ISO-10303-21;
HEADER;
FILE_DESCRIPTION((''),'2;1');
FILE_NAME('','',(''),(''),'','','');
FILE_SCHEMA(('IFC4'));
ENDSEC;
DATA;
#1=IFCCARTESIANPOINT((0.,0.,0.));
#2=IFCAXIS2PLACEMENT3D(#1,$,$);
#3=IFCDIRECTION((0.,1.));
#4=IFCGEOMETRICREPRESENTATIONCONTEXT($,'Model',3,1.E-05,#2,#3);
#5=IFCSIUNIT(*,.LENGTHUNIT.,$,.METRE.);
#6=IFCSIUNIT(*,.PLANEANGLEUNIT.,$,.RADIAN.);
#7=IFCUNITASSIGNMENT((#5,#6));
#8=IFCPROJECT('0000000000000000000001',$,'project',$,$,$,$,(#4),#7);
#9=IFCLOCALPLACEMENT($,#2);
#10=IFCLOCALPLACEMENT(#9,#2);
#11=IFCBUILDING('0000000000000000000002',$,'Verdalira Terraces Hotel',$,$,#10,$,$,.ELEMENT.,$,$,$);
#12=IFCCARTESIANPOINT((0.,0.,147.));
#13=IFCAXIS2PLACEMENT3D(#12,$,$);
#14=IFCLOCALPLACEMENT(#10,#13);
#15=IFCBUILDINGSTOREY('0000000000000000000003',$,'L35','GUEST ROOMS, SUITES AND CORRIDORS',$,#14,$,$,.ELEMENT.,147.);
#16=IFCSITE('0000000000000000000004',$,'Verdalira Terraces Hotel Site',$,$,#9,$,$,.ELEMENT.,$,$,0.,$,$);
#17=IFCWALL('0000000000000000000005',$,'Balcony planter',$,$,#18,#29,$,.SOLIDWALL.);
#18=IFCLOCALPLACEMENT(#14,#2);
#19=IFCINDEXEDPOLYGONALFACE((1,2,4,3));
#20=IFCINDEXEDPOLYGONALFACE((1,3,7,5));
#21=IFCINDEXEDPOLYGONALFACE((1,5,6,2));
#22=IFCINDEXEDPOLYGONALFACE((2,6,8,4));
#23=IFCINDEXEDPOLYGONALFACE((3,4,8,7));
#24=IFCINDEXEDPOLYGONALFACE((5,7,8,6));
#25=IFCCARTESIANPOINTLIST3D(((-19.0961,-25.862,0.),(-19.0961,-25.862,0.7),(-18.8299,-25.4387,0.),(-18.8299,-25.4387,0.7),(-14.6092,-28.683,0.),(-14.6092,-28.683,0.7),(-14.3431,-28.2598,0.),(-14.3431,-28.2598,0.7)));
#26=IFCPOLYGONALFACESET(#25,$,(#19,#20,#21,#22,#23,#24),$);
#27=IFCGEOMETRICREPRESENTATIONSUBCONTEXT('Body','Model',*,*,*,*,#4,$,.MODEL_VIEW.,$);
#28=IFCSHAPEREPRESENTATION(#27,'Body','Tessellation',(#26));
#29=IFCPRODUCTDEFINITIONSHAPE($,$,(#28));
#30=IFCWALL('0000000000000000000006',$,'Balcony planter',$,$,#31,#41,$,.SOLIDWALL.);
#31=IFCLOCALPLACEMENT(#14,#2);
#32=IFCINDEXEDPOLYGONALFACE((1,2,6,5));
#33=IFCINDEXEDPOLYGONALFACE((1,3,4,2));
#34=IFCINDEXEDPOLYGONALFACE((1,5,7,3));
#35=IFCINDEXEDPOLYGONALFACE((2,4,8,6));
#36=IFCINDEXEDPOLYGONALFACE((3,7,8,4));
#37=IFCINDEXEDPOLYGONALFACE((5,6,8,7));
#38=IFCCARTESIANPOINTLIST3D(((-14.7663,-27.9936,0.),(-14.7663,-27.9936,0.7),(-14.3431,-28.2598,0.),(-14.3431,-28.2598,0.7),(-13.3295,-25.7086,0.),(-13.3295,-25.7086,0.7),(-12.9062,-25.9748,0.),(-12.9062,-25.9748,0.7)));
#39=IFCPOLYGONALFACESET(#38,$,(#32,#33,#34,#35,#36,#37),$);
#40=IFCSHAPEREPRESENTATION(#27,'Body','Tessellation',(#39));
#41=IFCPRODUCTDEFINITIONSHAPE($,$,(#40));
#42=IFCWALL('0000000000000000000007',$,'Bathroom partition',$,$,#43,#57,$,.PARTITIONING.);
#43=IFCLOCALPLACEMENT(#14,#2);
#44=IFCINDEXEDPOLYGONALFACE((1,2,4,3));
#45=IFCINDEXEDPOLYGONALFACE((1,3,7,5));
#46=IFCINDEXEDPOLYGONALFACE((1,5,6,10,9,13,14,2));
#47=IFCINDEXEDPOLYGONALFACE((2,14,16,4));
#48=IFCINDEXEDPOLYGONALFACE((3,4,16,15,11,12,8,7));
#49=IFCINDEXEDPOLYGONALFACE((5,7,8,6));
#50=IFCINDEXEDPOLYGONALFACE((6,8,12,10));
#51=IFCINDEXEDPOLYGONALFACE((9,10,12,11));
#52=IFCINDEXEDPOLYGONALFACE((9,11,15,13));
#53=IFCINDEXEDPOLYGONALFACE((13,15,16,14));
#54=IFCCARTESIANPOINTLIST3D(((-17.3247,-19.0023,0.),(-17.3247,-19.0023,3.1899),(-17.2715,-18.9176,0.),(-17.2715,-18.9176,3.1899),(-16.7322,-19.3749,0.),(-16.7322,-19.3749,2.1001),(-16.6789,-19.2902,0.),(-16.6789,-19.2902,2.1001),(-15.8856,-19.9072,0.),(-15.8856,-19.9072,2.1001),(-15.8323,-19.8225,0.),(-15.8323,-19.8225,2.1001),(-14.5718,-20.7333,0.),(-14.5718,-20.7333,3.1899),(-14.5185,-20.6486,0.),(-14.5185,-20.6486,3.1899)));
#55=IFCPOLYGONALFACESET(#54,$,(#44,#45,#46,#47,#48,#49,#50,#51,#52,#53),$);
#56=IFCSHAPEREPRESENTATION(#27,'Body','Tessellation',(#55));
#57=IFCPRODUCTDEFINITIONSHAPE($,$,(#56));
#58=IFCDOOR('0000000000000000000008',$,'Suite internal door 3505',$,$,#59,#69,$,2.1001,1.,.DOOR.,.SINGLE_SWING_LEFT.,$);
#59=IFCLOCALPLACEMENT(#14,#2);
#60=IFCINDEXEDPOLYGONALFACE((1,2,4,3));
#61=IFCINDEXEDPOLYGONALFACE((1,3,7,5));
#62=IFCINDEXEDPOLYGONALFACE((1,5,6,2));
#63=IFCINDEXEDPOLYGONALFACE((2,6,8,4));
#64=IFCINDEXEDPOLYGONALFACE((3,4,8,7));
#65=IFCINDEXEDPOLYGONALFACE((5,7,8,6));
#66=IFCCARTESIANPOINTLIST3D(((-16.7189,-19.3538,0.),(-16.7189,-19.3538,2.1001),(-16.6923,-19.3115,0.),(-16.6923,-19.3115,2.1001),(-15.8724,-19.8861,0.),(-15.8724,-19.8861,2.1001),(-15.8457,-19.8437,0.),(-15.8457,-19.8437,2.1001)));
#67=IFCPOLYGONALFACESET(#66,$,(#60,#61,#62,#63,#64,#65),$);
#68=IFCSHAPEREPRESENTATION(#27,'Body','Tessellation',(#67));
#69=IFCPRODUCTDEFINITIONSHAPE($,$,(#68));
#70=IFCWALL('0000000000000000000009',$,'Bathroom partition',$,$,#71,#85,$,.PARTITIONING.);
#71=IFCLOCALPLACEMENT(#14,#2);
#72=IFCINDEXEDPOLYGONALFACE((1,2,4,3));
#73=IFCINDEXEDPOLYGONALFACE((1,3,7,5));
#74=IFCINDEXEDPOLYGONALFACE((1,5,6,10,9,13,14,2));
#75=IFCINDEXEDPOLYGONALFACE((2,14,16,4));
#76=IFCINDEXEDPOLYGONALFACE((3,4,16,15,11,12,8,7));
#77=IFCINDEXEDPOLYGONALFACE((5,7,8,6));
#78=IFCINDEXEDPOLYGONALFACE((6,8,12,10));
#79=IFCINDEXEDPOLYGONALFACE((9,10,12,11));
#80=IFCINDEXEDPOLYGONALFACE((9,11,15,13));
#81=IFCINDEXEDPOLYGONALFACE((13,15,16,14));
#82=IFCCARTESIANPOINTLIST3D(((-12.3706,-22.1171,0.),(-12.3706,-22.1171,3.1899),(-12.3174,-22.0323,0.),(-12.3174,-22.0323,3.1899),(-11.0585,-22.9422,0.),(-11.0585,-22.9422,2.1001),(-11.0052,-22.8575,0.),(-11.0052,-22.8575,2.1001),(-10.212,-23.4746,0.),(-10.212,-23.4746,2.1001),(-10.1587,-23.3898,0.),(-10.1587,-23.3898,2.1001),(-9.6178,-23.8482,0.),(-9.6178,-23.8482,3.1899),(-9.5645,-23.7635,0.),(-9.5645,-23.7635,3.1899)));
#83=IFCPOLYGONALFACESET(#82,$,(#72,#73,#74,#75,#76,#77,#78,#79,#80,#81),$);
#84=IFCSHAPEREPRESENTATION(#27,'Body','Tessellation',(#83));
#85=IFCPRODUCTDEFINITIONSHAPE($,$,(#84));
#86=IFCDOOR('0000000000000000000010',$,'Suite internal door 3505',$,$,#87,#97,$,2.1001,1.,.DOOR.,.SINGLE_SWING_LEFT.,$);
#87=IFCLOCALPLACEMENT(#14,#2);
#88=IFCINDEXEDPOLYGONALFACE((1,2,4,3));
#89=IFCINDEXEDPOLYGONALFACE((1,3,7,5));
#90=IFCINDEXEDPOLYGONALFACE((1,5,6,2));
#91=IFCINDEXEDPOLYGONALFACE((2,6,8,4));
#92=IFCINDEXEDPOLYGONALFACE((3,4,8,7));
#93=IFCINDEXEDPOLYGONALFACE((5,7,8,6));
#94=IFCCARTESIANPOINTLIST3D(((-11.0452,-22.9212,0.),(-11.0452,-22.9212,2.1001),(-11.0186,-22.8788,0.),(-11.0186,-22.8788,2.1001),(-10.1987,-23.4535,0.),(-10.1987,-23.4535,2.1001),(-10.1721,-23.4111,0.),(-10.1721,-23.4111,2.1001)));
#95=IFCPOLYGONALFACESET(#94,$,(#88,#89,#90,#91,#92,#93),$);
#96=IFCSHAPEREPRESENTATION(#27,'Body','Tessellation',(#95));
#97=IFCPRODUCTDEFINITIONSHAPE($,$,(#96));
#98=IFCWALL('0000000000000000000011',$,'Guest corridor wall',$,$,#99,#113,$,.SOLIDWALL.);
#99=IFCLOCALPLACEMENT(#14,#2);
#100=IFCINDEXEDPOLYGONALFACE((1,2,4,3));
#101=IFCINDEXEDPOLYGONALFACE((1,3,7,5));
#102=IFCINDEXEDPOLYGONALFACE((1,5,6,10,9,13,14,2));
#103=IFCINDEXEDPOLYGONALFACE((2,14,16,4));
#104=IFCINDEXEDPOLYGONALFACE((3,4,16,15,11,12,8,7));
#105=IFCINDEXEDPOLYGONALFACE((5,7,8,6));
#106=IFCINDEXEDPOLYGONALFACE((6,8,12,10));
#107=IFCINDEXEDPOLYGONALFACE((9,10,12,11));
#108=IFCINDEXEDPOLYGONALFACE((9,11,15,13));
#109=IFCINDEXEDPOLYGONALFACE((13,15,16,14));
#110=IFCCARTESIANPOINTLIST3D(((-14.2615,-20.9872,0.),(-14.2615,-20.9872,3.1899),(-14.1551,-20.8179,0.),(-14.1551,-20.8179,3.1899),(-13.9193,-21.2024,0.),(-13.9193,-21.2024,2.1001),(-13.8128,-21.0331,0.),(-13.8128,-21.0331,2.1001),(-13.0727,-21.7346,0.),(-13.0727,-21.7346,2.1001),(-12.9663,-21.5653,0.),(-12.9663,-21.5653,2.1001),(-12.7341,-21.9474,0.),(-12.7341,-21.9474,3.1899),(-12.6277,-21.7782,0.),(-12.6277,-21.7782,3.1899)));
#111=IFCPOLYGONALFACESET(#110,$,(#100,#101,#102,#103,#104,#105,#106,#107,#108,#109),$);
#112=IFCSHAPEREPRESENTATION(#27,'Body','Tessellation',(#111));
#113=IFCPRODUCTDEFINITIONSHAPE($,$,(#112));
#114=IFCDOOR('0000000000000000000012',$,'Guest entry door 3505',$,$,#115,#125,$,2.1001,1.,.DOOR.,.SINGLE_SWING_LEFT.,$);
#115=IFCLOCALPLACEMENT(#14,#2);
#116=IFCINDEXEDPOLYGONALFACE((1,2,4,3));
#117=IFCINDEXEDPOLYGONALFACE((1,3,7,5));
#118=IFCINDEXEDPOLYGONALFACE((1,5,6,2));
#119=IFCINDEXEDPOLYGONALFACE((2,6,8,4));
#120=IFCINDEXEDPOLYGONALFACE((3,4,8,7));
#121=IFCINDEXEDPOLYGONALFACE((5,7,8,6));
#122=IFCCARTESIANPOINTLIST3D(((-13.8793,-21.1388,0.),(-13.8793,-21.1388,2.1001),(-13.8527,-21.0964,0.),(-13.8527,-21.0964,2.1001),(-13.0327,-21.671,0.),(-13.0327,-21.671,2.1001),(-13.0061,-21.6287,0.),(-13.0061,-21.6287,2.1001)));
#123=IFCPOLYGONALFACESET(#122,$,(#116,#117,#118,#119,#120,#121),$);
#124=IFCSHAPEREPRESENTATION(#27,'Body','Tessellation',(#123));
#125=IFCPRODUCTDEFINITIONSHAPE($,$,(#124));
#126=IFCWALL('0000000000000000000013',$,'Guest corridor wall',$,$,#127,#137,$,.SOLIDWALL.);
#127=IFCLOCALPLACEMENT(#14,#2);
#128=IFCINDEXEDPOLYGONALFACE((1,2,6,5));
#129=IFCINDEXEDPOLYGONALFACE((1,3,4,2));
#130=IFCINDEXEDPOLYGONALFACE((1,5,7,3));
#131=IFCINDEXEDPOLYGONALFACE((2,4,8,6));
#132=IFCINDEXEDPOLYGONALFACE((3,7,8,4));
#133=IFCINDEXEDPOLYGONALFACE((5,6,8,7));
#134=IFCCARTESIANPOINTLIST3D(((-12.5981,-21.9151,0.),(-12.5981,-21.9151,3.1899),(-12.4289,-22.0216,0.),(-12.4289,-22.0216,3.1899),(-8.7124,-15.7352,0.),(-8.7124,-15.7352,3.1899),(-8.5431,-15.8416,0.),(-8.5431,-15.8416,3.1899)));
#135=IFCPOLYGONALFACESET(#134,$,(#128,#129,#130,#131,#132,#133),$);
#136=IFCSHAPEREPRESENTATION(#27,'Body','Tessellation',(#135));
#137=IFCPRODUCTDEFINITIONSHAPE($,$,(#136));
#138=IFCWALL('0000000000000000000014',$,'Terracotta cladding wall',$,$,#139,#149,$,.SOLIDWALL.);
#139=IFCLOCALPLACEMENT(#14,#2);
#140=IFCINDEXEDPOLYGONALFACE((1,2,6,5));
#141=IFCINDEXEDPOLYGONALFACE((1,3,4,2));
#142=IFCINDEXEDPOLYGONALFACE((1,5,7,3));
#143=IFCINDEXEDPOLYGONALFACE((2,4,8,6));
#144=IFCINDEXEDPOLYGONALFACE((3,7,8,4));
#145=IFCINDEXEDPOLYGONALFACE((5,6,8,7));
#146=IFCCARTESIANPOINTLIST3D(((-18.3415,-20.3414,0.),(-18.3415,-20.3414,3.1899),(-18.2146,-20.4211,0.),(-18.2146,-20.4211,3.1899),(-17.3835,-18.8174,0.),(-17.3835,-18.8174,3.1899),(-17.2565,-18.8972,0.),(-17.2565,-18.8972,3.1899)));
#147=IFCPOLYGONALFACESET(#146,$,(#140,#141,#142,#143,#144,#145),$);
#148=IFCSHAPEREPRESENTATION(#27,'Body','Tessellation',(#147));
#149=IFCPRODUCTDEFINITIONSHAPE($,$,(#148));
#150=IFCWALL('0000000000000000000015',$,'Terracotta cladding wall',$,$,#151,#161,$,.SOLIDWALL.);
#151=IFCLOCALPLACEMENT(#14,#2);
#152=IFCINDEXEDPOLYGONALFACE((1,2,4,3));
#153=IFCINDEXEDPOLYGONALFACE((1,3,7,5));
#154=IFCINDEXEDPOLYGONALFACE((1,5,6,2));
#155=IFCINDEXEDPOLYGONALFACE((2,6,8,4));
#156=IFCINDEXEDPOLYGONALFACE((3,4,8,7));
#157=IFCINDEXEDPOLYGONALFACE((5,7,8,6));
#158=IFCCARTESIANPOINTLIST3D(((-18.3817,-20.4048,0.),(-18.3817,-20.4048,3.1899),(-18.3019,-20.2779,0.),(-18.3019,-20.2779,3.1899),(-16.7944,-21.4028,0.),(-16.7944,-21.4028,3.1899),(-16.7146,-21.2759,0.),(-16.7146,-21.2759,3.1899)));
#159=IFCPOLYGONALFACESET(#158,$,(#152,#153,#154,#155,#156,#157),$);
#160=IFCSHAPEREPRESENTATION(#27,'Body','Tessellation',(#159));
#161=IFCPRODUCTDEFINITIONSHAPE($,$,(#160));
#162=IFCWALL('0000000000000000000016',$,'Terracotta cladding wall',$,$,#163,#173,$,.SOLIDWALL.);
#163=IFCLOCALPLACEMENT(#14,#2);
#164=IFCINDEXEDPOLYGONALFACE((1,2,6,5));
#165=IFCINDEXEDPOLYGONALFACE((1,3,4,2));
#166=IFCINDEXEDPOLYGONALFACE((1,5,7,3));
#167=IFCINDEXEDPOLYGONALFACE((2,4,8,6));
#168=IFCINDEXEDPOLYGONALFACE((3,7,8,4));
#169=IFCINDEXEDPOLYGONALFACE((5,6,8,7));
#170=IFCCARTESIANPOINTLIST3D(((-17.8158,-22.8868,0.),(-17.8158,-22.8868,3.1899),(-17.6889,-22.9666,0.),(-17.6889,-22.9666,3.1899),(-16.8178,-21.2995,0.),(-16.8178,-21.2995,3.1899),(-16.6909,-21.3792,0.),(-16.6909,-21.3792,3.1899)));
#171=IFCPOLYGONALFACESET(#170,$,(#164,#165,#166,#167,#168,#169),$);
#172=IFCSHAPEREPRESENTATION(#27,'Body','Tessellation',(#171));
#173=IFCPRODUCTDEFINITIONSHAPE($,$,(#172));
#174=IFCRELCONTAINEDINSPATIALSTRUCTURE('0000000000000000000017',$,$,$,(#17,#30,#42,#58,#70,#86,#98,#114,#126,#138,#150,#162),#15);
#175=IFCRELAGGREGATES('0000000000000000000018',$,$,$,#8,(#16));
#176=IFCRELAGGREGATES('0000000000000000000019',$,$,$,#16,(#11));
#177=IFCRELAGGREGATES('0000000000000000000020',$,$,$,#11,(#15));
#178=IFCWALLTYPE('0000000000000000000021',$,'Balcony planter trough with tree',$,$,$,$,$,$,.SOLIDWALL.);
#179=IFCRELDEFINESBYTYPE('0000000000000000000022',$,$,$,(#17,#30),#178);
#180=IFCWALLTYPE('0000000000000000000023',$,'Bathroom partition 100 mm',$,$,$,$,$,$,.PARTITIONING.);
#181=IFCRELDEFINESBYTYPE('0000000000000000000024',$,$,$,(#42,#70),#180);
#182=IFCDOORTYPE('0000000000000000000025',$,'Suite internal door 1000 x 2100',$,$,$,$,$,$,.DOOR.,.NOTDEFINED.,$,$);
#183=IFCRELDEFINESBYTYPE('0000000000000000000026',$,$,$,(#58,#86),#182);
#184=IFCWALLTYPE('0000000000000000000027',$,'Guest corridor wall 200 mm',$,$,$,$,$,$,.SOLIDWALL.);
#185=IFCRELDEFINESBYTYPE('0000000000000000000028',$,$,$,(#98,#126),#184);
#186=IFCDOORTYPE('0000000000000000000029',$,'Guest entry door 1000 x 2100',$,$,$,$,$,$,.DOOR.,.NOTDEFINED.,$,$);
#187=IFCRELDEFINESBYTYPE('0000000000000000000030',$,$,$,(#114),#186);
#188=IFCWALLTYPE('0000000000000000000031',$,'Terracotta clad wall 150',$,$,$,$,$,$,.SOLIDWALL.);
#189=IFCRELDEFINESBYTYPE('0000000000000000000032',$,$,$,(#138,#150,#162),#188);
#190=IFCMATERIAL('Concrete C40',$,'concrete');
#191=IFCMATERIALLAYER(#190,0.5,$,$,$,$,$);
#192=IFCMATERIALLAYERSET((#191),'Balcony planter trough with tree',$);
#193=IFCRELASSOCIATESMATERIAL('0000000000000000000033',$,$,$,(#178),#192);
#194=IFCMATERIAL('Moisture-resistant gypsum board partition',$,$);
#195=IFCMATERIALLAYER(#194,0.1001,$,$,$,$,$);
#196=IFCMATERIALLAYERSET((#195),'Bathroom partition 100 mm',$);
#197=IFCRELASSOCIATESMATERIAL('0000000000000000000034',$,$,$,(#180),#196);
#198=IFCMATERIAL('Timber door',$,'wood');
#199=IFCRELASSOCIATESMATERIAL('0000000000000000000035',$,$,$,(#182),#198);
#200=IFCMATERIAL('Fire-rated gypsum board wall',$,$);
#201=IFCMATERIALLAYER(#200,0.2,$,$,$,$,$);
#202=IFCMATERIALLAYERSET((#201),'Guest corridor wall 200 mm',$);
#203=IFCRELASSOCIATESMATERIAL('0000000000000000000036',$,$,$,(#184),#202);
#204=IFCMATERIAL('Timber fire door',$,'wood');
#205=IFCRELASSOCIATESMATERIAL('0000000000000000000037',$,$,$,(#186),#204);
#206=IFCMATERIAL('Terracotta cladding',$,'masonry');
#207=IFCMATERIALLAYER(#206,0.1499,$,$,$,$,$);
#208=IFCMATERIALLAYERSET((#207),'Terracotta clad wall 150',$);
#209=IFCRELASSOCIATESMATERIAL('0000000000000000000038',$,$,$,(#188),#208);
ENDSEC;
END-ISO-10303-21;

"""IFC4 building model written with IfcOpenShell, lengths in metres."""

from ifc_helpers import new_model, si_unit, direction, frame, frame_2d, origin, place, context, subcontext, project, spatial, rectangle, extrude, material, layer, layer_set, type_object, element, fill, save


model = new_model("IFC4")

# Units and contexts
model_context = context("Model", 3, precision=1e-05, world=origin(), true_north=direction((0.0, 1.0)))
body_context = subcontext(model_context, "Body", "Model", "MODEL_VIEW")
ifc_project = project(units=[si_unit("LENGTHUNIT", "METRE"), si_unit("PLANEANGLEUNIT", "RADIAN")], contexts=[model_context])

# Site, building, storey
site_placement = place(None, origin())
site = spatial("IfcSite", under=ifc_project, at=site_placement, Name="Verdalira Terraces Hotel Site", CompositionType="ELEMENT", RefElevation=0.0)
building_placement = place(site_placement, origin())
building = spatial("IfcBuilding", under=site, at=building_placement, Name="Verdalira Terraces Hotel", CompositionType="ELEMENT")
storey_placement = place(building_placement, frame((0.0, 0.0, 147.0)))
storey = spatial("IfcBuildingStorey", under=building, at=storey_placement, Name="L35", Description="GUEST ROOMS, SUITES AND CORRIDORS", CompositionType="ELEMENT", Elevation=147.0)

# Walls
ifc_material_1 = material(Name="Concrete C40", Category="concrete")
ifc_layer_1 = layer(ifc_material_1, 0.5)
ifc_layer_set_1 = layer_set([ifc_layer_1], Name="Balcony planter trough with tree")
wall_type_1 = type_object("IfcWallType", Name="Balcony planter trough with tree", PredefinedType="SOLIDWALL", material=ifc_layer_set_1)
wall_1_placement = place(storey_placement, frame((-18.9629, -25.6504, 0.0), z_axis=(0.0, 0.0, 1.0), x_axis=(0.846572, -0.532274, 0.0)))
element("IfcWall", 1, at=wall_1_placement, inside=storey, type_object=wall_type_1, Name="Balcony planter", PredefinedType="SOLIDWALL", context=body_context, shape_type="SweptSolid", body=[
    extrude(rectangle(XDim=5.3, YDim=0.5, at=frame_2d((2.6499, 0.0))), origin(), (0.0, 0.0, 1.0), 0.7),
])
wall_2_placement = place(storey_placement, frame((-14.5547, -28.1267, 0.0), z_axis=(0.0, 0.0, 1.0), x_axis=(0.532314, 0.846547, 0.0)))
element("IfcWall", 2, at=wall_2_placement, inside=storey, type_object=wall_type_1, Name="Balcony planter", PredefinedType="SOLIDWALL", context=body_context, shape_type="SweptSolid", body=[
    extrude(rectangle(XDim=2.6992, YDim=0.5, at=frame_2d((1.3496, 0.0))), origin(), (0.0, 0.0, 1.0), 0.7),
])

# Walls, openings, doors
ifc_material_2 = material(Name="Moisture-resistant gypsum board partition")
ifc_layer_2 = layer(ifc_material_2, 0.1001)
ifc_layer_set_2 = layer_set([ifc_layer_2], Name="Bathroom partition 100 mm")
wall_type_2 = type_object("IfcWallType", Name="Bathroom partition 100 mm", PredefinedType="PARTITIONING", material=ifc_layer_set_2)
wall_3_placement = place(storey_placement, frame((-17.2981, -18.96, 0.0), z_axis=(0.0, 0.0, 1.0), x_axis=(0.846561, -0.532291, 0.0)))
wall_3 = element("IfcWall", 3, at=wall_3_placement, inside=storey, type_object=wall_type_2, Name="Bathroom partition", PredefinedType="PARTITIONING", context=body_context, shape_type="SweptSolid", body=[
    extrude(rectangle(XDim=3.252, YDim=0.1001, at=frame_2d((1.626, 0.0))), origin(), (0.0, 0.0, 1.0), 3.1899),
])
opening_1_placement = place(wall_3_placement, frame((0.7, 0.0, 0.0)))
opening_1 = element("IfcOpeningElement", 4, at=opening_1_placement, cuts=wall_3, PredefinedType="OPENING", context=body_context, shape_type="SweptSolid", body=[
    extrude(rectangle(XDim=1.0, YDim=2.1001, at=frame_2d((0.5, 1.05))), frame((0.0, 0.0601, 0.0), z_axis=(0.0, -1.0, 0.0), x_axis=(1.0, 0.0, 0.0)), (0.0, 0.0, 1.0), 0.1201),
])
ifc_material_3 = material(Name="Timber door", Category="wood")
door_type_1 = type_object("IfcDoorType", Name="Suite internal door 1000 x 2100", OperationType="NOTDEFINED", PredefinedType="DOOR", material=ifc_material_3)
door_1_placement = place(opening_1_placement, origin())
door_1 = element("IfcDoor", 5, at=door_1_placement, inside=storey, type_object=door_type_1, Name="Suite internal door 3505", OperationType="SINGLE_SWING_LEFT", OverallHeight=2.1001, OverallWidth=1.0, PredefinedType="DOOR", context=body_context, shape_type="SweptSolid", body=[
    extrude(rectangle(XDim=1.0, YDim=2.1001, at=frame_2d((0.5, 1.05))), frame((0.0, 0.0249, 0.0), z_axis=(0.0, -1.0, 0.0), x_axis=(1.0, 0.0, 0.0)), (0.0, 0.0, 1.0), 0.05),
])
fill(opening_1, door_1)
wall_4_placement = place(storey_placement, frame((-12.344, -22.0747, 0.0), z_axis=(0.0, 0.0, 1.0), x_axis=(0.846527, -0.532345, 0.0)))
wall_4 = element("IfcWall", 6, at=wall_4_placement, inside=storey, type_object=wall_type_2, Name="Bathroom partition", PredefinedType="PARTITIONING", context=body_context, shape_type="SweptSolid", body=[
    extrude(rectangle(XDim=3.252, YDim=0.1001, at=frame_2d((1.626, 0.0))), origin(), (0.0, 0.0, 1.0), 3.1899),
])
opening_2_placement = place(wall_4_placement, frame((1.55, 0.0, 0.0)))
opening_2 = element("IfcOpeningElement", 7, at=opening_2_placement, cuts=wall_4, PredefinedType="OPENING", context=body_context, shape_type="SweptSolid", body=[
    extrude(rectangle(XDim=1.0, YDim=2.1001, at=frame_2d((0.5, 1.05))), frame((0.0, 0.0601, 0.0), z_axis=(0.0, -1.0, 0.0), x_axis=(1.0, 0.0, 0.0)), (0.0, 0.0, 1.0), 0.1201),
])
door_2_placement = place(opening_2_placement, origin())
door_2 = element("IfcDoor", 8, at=door_2_placement, inside=storey, type_object=door_type_1, Name="Suite internal door 3505", OperationType="SINGLE_SWING_LEFT", OverallHeight=2.1001, OverallWidth=1.0, PredefinedType="DOOR", context=body_context, shape_type="SweptSolid", body=[
    extrude(rectangle(XDim=1.0, YDim=2.1001, at=frame_2d((0.5, 1.05))), frame((0.0, 0.0249, 0.0), z_axis=(0.0, -1.0, 0.0), x_axis=(1.0, 0.0, 0.0)), (0.0, 0.0, 1.0), 0.05),
])
fill(opening_2, door_2)
ifc_material_4 = material(Name="Fire-rated gypsum board wall")
ifc_layer_3 = layer(ifc_material_4, 0.2)
ifc_layer_set_3 = layer_set([ifc_layer_3], Name="Guest corridor wall 200 mm")
wall_type_3 = type_object("IfcWallType", Name="Guest corridor wall 200 mm", PredefinedType="SOLIDWALL", material=ifc_layer_set_3)
wall_5_placement = place(storey_placement, frame((-12.6809, -21.8628, 0.0), z_axis=(0.0, 0.0, 1.0), x_axis=(-0.846596, 0.532235, 0.0)))
wall_5 = element("IfcWall", 9, at=wall_5_placement, inside=storey, type_object=wall_type_3, Name="Guest corridor wall", PredefinedType="SOLIDWALL", context=body_context, shape_type="SweptSolid", body=[
    extrude(rectangle(XDim=1.8042, YDim=0.2, at=frame_2d((0.9021, 0.0))), origin(), (0.0, 0.0, 1.0), 3.1899),
])
opening_3_placement = place(wall_5_placement, frame((0.3999, 0.0, 0.0)))
opening_3 = element("IfcOpeningElement", 10, at=opening_3_placement, cuts=wall_5, PredefinedType="OPENING", context=body_context, shape_type="SweptSolid", body=[
    extrude(rectangle(XDim=1.0, YDim=2.1001, at=frame_2d((0.5, 1.05))), frame((0.0, 0.1099, 0.0), z_axis=(0.0, -1.0, 0.0), x_axis=(1.0, 0.0, 0.0)), (0.0, 0.0, 1.0), 0.22),
])
ifc_material_5 = material(Name="Timber fire door", Category="wood")
door_type_2 = type_object("IfcDoorType", Name="Guest entry door 1000 x 2100", OperationType="NOTDEFINED", PredefinedType="DOOR", material=ifc_material_5)
door_3_placement = place(opening_3_placement, origin())
door_3 = element("IfcDoor", 11, at=door_3_placement, inside=storey, type_object=door_type_2, Name="Guest entry door 3505", OperationType="SINGLE_SWING_LEFT", OverallHeight=2.1001, OverallWidth=1.0, PredefinedType="DOOR", context=body_context, shape_type="SweptSolid", body=[
    extrude(rectangle(XDim=1.0, YDim=2.1001, at=frame_2d((0.5, 1.05))), frame((0.0, 0.0249, 0.0), z_axis=(0.0, -1.0, 0.0), x_axis=(1.0, 0.0, 0.0)), (0.0, 0.0, 1.0), 0.05),
])
fill(opening_3, door_3)

# Walls
wall_6_placement = place(storey_placement, frame((-12.5134, -21.9683, 0.0), z_axis=(0.0, 0.0, 1.0), x_axis=(0.532291, 0.846562, 0.0)))
element("IfcWall", 12, at=wall_6_placement, inside=storey, type_object=wall_type_3, Name="Guest corridor wall", PredefinedType="SOLIDWALL", context=body_context, shape_type="SweptSolid", body=[
    extrude(rectangle(XDim=7.3, YDim=0.2, at=frame_2d((3.6499, 0.0))), origin(), (0.0, 0.0, 1.0), 3.1899),
])
ifc_material_6 = material(Name="Terracotta cladding", Category="masonry")
ifc_layer_4 = layer(ifc_material_6, 0.1499)
ifc_layer_set_4 = layer_set([ifc_layer_4], Name="Terracotta clad wall 150")
wall_type_4 = type_object("IfcWallType", Name="Terracotta clad wall 150", PredefinedType="SOLIDWALL", material=ifc_layer_set_4)
wall_7_placement = place(storey_placement, frame((-17.3201, -18.8574, 0.0), z_axis=(0.0, 0.0, 1.0), x_axis=(-0.532216, -0.846609, 0.0)))
element("IfcWall", 13, at=wall_7_placement, inside=storey, type_object=wall_type_4, Name="Terracotta cladding wall", PredefinedType="SOLIDWALL", context=body_context, shape_type="SweptSolid", body=[
    extrude(rectangle(XDim=1.8, YDim=0.1499, at=frame_2d((0.8999, 0.0))), origin(), (0.0, 0.0, 1.0), 3.1899),
])
for number, where, z_axis, x_axis, name in (
    (14, (-18.3418, -20.3413, 0.0), (0.0, 0.0, 1.0), (0.846576, -0.532268, 0.0), "Terracotta cladding wall"),
    (15, (-16.7544, -21.3394, 0.0), (0.0, 0.0, 1.0), (-0.532268, -0.846576, 0.0), "Terracotta cladding wall"),
):
    element("IfcWall", number, at=place(storey_placement, frame(where, z_axis=z_axis, x_axis=x_axis)), inside=storey, type_object=wall_type_4, Name=name, PredefinedType="SOLIDWALL", context=body_context, shape_type="SweptSolid", body=[
        extrude(rectangle(XDim=1.875, YDim=0.1499, at=frame_2d((0.9375, 0.0))), origin(), (0.0, 0.0, 1.0), 3.1899),
    ])

save(model, "model.ifc")
